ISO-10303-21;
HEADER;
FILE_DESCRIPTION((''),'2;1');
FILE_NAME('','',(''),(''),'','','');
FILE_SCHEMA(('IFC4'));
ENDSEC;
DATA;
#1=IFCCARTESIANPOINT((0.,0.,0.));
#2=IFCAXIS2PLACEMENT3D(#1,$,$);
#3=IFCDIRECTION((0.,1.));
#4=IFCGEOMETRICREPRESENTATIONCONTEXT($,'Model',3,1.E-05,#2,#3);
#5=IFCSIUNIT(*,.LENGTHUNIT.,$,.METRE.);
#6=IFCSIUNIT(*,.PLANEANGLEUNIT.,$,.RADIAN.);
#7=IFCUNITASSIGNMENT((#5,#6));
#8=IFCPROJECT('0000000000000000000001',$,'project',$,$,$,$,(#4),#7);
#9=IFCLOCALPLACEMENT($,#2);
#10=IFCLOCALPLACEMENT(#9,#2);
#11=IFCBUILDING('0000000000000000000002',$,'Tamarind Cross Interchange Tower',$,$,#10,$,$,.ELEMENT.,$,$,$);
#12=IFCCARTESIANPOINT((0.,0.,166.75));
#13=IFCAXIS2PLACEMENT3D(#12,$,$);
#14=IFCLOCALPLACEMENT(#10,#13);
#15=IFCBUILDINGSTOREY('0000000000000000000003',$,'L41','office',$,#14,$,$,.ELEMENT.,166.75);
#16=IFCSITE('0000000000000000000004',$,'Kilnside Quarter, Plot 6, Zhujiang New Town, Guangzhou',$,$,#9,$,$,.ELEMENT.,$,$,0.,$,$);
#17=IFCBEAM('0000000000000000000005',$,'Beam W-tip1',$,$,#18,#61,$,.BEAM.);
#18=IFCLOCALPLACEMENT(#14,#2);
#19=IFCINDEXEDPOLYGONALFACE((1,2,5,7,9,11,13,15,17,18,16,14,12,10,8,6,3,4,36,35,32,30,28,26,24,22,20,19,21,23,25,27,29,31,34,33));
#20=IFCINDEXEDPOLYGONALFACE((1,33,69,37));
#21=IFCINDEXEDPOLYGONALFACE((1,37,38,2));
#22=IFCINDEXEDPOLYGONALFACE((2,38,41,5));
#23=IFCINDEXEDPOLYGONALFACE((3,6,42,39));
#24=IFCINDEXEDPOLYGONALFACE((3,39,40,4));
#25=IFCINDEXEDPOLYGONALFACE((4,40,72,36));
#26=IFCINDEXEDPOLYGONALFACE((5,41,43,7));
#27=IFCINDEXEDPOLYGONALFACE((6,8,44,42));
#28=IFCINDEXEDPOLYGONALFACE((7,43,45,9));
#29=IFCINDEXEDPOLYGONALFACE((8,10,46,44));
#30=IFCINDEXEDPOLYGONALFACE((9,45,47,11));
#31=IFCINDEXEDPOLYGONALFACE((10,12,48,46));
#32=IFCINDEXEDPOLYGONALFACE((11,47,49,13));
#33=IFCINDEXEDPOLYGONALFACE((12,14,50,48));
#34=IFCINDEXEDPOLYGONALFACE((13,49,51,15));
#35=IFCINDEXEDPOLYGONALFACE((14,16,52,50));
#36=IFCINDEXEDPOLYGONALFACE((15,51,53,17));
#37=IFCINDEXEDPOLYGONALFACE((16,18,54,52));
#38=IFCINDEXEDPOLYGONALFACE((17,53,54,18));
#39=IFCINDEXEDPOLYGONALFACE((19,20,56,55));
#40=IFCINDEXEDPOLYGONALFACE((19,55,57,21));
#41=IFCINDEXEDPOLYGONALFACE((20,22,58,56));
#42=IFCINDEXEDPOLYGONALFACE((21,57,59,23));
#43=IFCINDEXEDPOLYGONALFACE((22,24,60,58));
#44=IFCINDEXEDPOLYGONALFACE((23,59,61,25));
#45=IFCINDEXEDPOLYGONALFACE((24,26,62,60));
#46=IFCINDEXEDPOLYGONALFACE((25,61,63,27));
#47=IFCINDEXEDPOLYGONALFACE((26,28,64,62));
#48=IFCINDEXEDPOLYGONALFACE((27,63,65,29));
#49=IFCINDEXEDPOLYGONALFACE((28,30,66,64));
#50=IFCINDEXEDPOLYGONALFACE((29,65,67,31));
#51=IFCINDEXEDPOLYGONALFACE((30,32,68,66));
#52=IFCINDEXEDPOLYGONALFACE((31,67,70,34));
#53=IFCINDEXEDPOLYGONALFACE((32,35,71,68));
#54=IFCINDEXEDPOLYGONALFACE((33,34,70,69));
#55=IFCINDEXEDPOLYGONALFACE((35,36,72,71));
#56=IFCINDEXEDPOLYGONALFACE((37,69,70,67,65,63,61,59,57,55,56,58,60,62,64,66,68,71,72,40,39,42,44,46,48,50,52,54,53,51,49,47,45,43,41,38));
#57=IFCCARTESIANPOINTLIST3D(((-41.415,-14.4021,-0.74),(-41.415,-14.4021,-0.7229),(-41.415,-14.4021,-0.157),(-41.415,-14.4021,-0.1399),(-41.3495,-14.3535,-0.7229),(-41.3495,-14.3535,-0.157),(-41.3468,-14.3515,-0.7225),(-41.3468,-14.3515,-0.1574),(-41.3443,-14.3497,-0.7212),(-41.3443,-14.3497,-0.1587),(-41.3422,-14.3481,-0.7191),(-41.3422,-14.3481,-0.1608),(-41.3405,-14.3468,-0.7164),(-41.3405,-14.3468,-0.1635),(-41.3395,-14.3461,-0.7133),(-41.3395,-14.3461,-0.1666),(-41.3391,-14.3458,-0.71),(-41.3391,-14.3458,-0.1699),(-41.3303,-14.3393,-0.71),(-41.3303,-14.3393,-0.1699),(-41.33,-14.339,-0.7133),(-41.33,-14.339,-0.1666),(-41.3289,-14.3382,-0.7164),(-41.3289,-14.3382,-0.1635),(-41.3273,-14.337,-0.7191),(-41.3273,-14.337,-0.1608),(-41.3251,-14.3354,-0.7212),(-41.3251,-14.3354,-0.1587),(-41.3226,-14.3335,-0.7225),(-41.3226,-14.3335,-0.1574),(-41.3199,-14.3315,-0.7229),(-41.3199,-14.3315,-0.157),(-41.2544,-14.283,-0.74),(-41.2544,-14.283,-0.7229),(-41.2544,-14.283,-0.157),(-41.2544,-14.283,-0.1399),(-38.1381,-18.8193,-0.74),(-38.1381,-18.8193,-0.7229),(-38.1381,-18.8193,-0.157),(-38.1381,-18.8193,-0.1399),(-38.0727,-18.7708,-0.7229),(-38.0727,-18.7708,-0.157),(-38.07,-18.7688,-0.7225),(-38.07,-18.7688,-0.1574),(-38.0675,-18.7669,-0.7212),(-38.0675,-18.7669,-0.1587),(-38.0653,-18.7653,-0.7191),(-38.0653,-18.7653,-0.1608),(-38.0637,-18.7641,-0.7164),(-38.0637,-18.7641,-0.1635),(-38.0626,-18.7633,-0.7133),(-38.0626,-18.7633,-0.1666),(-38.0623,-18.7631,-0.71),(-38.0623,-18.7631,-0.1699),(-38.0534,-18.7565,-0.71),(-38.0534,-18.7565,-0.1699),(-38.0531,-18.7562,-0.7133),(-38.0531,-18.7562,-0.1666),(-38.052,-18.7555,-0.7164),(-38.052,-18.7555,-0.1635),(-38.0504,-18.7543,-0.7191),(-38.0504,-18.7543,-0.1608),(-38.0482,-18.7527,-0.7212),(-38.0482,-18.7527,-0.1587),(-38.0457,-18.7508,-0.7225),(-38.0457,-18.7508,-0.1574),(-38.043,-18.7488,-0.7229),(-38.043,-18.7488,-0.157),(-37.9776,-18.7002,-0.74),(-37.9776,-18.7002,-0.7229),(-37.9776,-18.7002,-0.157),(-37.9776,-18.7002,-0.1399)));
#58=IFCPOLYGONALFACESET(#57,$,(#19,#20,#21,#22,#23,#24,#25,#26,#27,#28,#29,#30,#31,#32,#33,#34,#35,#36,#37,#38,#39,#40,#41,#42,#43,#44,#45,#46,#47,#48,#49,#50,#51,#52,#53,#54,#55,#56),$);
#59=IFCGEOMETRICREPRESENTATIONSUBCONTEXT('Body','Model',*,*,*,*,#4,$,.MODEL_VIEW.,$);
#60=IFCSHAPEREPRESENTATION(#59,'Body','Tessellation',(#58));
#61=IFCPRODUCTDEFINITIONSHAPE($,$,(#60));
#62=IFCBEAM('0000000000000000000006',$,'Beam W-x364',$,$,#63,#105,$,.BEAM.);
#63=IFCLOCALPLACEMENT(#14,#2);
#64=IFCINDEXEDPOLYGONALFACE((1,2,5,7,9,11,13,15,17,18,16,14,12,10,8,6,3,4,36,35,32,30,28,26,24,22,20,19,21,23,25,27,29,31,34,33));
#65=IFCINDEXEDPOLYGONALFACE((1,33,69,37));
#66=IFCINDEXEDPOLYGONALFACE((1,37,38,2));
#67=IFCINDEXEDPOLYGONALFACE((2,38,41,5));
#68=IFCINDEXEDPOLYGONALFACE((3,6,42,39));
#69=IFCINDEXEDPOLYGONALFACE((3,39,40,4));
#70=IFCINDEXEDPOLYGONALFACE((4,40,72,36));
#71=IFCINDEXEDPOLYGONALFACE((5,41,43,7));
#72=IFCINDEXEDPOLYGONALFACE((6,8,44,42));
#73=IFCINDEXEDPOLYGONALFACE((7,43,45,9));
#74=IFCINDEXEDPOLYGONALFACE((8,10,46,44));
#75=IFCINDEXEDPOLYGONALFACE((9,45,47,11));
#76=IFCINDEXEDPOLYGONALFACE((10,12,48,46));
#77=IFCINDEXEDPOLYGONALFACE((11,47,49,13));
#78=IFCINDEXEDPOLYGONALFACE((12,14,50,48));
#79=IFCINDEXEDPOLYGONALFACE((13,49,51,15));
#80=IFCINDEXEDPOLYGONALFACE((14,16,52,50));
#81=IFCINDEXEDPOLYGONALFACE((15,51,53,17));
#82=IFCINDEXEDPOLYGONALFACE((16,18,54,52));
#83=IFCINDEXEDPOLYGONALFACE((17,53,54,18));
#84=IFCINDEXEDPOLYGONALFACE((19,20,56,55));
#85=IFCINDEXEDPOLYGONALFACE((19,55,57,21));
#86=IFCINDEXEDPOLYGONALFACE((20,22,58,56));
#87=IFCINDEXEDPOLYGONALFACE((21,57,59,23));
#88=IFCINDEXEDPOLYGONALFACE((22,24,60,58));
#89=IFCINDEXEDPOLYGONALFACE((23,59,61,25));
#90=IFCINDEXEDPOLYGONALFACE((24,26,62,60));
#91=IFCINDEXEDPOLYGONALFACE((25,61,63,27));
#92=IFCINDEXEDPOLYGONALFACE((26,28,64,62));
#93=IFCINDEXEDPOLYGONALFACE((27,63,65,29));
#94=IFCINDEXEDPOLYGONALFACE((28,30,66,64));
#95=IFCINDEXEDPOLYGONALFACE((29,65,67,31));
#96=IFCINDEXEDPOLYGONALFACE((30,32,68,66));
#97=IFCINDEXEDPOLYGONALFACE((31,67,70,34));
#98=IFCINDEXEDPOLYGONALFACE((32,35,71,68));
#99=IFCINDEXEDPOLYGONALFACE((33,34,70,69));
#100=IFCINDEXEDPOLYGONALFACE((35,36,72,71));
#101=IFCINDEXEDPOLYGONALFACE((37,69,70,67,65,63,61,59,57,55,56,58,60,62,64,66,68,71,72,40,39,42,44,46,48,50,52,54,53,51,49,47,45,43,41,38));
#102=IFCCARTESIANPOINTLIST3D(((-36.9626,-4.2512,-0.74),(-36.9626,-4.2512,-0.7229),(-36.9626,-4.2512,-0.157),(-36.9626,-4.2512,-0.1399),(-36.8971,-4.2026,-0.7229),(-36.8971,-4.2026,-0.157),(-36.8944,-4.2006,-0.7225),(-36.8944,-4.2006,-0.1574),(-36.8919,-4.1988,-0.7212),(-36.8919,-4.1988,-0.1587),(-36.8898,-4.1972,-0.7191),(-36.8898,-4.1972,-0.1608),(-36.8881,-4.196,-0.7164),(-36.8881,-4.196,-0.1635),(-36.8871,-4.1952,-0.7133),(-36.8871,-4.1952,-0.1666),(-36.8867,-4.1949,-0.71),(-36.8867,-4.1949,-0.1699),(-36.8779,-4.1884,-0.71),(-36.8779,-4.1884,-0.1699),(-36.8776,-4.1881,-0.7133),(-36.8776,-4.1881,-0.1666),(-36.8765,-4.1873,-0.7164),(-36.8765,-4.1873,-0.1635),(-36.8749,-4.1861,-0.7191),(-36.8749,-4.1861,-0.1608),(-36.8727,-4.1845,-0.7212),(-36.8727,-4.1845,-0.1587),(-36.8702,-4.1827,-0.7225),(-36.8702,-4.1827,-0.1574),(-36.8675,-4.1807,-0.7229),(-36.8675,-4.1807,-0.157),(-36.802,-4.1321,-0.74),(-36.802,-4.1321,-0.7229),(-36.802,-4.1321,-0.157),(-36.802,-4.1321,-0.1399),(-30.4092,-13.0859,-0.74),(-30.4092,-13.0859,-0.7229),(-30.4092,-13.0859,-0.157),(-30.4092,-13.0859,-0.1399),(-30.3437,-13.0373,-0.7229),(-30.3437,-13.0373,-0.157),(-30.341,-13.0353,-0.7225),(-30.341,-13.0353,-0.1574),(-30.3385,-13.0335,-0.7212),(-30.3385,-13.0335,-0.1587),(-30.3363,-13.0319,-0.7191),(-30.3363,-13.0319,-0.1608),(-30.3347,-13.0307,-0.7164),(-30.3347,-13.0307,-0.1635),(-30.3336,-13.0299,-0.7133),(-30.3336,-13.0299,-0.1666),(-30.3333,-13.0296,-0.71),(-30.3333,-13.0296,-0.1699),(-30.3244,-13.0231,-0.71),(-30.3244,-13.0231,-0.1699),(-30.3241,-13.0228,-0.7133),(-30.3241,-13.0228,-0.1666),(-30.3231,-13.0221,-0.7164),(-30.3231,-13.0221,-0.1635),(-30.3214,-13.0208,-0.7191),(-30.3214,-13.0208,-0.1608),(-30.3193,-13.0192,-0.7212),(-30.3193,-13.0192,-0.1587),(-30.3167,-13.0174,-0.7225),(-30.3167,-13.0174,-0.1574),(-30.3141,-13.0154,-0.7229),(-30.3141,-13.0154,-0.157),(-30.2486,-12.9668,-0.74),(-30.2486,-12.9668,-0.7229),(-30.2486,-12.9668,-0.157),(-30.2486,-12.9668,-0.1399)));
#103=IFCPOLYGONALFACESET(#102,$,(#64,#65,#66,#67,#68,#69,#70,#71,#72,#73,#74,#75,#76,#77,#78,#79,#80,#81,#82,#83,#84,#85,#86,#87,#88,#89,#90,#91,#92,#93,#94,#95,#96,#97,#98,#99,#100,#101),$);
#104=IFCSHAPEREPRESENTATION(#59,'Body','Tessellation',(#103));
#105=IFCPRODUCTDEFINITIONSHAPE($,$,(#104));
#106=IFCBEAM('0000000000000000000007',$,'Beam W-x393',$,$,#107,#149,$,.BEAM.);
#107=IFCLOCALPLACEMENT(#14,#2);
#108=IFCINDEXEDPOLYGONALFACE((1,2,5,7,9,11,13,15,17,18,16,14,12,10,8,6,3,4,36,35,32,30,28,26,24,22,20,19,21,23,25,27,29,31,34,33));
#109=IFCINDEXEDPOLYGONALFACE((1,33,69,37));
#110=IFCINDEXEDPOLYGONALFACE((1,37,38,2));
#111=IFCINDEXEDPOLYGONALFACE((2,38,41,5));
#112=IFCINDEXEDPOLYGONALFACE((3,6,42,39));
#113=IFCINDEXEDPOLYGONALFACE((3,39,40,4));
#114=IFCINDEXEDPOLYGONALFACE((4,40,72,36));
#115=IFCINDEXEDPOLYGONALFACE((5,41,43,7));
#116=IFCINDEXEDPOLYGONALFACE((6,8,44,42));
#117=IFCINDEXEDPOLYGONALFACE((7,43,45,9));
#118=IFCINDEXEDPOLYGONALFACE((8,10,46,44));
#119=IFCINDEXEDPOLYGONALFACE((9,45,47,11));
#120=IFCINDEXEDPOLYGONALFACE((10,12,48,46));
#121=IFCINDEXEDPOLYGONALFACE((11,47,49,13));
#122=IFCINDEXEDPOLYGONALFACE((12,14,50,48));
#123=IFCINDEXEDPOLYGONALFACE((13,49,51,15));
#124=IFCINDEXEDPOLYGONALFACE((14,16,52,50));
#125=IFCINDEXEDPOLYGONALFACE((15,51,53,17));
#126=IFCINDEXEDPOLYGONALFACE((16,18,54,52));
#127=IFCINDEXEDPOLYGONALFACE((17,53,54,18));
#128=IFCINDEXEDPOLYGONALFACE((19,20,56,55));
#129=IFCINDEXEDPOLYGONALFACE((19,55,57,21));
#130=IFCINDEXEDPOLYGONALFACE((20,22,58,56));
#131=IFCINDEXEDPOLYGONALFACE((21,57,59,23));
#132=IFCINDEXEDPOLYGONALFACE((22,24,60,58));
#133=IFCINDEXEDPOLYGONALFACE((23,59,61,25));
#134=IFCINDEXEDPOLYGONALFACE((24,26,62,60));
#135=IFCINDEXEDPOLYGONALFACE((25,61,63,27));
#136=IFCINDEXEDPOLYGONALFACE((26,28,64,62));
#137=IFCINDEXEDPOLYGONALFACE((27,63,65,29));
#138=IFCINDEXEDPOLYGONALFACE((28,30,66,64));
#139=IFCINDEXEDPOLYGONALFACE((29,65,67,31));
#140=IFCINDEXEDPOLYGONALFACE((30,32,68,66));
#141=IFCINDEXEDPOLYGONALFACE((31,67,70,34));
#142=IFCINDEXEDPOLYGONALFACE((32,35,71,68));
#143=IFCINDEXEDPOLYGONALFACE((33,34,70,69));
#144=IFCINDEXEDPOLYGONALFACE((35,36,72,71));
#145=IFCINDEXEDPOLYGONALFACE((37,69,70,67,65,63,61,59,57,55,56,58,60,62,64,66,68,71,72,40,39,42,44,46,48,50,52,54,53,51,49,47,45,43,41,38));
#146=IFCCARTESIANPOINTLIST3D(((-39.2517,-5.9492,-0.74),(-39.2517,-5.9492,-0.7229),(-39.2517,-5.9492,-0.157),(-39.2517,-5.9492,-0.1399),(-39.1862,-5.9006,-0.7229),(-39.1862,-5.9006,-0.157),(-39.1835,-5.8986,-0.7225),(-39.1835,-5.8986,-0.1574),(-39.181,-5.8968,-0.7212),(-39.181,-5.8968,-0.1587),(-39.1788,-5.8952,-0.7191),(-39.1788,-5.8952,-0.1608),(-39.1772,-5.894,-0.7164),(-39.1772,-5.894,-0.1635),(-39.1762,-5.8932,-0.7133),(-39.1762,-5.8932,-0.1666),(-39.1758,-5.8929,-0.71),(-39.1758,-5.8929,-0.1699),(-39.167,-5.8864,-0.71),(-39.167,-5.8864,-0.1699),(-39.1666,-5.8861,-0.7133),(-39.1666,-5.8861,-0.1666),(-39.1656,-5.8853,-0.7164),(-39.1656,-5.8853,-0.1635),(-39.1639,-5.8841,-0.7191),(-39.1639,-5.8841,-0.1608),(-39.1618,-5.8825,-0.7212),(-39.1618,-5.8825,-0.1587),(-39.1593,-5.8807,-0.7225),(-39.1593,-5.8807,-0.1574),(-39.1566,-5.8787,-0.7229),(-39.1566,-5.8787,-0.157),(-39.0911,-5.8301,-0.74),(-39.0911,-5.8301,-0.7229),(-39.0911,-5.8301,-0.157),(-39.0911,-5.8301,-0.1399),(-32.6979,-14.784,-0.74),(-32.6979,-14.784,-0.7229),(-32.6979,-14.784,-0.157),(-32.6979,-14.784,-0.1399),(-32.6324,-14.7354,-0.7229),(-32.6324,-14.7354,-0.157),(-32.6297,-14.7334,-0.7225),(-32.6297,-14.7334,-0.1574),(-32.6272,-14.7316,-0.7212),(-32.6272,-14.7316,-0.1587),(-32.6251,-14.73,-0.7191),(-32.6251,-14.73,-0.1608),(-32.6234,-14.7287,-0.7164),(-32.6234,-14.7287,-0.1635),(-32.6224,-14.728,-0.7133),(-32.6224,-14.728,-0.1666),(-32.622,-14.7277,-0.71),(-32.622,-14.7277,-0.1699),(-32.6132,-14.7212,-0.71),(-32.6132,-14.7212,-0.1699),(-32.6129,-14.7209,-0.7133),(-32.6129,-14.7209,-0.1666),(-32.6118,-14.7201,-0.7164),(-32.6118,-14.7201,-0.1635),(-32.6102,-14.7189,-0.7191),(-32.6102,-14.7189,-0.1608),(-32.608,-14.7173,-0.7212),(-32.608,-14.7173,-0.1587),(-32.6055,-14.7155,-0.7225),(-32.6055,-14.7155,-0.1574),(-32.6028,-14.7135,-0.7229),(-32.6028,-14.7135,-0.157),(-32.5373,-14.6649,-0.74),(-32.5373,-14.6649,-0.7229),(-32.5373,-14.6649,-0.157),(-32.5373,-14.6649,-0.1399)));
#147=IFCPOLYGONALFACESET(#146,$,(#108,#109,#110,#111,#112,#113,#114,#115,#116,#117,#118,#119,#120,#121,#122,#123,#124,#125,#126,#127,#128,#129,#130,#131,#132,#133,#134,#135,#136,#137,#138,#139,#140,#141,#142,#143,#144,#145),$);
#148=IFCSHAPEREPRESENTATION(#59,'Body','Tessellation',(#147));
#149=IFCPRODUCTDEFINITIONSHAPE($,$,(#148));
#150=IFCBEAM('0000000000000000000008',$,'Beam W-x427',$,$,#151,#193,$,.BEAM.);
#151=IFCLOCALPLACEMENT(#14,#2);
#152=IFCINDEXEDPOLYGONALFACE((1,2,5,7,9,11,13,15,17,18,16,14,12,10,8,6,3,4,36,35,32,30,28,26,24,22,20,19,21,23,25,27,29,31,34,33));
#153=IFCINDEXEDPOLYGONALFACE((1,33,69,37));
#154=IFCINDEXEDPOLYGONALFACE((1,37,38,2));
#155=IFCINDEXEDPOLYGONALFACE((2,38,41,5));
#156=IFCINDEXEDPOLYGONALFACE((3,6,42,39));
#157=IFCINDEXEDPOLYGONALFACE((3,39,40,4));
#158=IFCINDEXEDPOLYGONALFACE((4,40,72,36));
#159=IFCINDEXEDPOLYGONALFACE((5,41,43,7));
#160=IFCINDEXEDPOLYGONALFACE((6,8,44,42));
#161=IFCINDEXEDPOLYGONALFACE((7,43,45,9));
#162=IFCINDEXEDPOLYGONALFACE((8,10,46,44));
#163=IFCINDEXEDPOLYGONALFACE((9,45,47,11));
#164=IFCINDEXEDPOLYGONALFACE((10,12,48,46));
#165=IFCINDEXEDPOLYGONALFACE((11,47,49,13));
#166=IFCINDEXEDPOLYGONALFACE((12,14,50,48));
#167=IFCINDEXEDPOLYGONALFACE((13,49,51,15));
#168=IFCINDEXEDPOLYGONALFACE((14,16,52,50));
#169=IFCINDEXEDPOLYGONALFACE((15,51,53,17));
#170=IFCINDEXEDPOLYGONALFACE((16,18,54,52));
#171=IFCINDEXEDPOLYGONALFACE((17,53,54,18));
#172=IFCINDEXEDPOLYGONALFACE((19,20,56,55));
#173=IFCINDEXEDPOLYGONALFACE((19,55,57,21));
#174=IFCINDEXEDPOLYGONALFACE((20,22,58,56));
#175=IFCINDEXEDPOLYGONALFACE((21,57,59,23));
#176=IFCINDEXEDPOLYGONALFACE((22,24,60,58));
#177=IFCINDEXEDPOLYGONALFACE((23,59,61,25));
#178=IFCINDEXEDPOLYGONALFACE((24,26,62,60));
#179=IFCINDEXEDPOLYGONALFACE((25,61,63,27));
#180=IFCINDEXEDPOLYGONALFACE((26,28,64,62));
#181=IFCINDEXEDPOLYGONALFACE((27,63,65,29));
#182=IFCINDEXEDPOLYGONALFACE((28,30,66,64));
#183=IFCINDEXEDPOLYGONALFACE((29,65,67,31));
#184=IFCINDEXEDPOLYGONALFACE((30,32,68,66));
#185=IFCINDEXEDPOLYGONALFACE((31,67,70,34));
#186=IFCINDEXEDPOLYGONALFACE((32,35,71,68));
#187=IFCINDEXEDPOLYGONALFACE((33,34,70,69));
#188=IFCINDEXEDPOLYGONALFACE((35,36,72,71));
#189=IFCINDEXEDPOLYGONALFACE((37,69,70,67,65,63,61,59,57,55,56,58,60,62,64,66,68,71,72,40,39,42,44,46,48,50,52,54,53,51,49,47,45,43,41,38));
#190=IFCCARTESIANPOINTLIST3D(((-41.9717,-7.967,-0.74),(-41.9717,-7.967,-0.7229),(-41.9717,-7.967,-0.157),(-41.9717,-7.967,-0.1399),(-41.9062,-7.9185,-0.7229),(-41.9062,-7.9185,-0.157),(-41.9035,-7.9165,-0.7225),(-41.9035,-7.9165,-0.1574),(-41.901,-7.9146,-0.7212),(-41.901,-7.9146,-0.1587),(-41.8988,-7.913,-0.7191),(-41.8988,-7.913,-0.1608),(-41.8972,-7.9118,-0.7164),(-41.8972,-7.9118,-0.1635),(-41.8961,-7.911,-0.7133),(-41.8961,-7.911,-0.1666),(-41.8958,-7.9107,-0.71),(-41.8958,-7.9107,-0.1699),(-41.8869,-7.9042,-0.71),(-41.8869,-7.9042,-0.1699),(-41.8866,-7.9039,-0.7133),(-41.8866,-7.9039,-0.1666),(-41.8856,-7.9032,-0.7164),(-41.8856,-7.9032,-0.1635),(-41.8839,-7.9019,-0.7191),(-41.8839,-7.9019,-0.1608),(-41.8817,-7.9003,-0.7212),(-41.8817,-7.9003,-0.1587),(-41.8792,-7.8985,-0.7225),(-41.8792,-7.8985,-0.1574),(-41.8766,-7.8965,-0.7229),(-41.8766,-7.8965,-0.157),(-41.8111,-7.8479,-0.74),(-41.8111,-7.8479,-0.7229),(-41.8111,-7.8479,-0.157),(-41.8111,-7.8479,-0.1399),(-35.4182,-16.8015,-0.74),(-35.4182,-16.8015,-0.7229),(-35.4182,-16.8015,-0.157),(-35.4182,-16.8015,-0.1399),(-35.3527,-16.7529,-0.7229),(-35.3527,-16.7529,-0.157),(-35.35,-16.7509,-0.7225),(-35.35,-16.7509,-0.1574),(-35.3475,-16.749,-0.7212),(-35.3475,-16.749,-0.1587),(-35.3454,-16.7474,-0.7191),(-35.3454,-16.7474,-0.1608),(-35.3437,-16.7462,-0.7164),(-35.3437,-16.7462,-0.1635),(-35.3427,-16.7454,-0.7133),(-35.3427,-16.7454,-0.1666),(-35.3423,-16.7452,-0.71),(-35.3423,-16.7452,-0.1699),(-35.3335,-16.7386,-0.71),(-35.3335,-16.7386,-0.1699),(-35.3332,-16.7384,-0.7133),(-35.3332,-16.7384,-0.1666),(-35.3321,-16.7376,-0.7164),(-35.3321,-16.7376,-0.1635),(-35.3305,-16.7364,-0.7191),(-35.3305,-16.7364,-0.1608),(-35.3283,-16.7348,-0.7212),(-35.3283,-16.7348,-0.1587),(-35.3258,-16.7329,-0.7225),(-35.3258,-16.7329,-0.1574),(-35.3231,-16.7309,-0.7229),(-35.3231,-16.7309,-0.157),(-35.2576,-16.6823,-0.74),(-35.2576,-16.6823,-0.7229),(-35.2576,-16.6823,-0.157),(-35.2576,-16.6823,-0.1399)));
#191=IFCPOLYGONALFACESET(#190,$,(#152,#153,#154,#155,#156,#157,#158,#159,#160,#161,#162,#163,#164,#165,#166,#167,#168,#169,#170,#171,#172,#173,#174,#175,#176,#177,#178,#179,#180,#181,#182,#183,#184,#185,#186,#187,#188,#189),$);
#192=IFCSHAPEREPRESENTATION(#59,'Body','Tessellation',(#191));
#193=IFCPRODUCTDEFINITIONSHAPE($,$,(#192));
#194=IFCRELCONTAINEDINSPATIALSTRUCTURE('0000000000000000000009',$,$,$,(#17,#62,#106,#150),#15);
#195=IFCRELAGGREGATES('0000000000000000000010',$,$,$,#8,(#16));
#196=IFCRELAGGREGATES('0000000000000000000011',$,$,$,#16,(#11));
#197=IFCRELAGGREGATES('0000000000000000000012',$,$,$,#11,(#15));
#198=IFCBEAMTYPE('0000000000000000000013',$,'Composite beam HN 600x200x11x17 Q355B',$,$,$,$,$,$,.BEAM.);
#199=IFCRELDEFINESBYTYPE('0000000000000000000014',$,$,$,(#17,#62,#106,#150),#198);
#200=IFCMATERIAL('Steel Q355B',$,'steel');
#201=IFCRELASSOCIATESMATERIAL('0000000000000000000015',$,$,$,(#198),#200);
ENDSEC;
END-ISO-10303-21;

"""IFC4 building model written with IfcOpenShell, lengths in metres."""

from ifc_helpers import new_model, si_unit, direction, frame, origin, origin_2d, place, context, subcontext, project, spatial, i_section, extrude, material, material_profile, profile_set, type_object, element, save


model = new_model("IFC4")

# Units and contexts
model_context = context("Model", 3, precision=1e-05, world=origin(), true_north=direction((0.0, 1.0)))
body_context = subcontext(model_context, "Body", "Model", "MODEL_VIEW")
ifc_project = project(units=[si_unit("LENGTHUNIT", "METRE"), si_unit("PLANEANGLEUNIT", "RADIAN")], contexts=[model_context])

# Site, building, storey
site_placement = place(None, origin())
site = spatial("IfcSite", under=ifc_project, at=site_placement, Name="Kilnside Quarter, Plot 6, Zhujiang New Town, Guangzhou", CompositionType="ELEMENT", RefElevation=0.0)
building_placement = place(site_placement, origin())
building = spatial("IfcBuilding", under=site, at=building_placement, Name="Tamarind Cross Interchange Tower", CompositionType="ELEMENT")
storey_placement = place(building_placement, frame((0.0, 0.0, 166.75)))
storey = spatial("IfcBuildingStorey", under=building, at=storey_placement, Name="L41", Description="office", CompositionType="ELEMENT", Elevation=166.75)

# Beams
ifc_material_1 = material(Name="Steel Q355B", Category="steel")
ifc_material_profile_1 = material_profile(ifc_material_1, i_section(OverallWidth=0.2, OverallDepth=0.6001, WebThickness=0.011, FlangeThickness=0.0171, FilletRadius=0.0129, at=origin_2d()), Name="HN 600x200x11x17")
ifc_profile_set_1 = profile_set([ifc_material_profile_1], Name="Steel Q355B")
beam_type_1 = type_object("IfcBeamType", Name="Composite beam HN 600x200x11x17 Q355B", PredefinedType="BEAM", material=ifc_profile_set_1)
for number, where, z_axis, x_axis, name in (
    (1, (-41.3347, -14.3425, -0.4399), (0.595794, -0.803137, 0.0), (0.803137, 0.595794, 0.0), "Beam W-tip1"),
):
    element("IfcBeam", number, at=place(storey_placement, frame(where, z_axis=z_axis, x_axis=x_axis)), inside=storey, type_object=beam_type_1, Name=name, PredefinedType="BEAM", context=body_context, shape_type="SweptSolid", body=[
        extrude(i_section(OverallWidth=0.2, OverallDepth=0.6001, WebThickness=0.011, FlangeThickness=0.0171, FilletRadius=0.0129, at=origin_2d()), origin(), (0.0, 0.0, 1.0), 5.5),
    ])
beam_1_placement = place(storey_placement, frame((-36.8823, -4.1917, -0.4399), z_axis=(0.595769, -0.803156, 0.0), x_axis=(0.803156, 0.595769, 0.0)))
element("IfcBeam", 2, at=beam_1_placement, inside=storey, type_object=beam_type_1, Name="Beam W-x364", PredefinedType="BEAM", context=body_context, shape_type="SweptSolid", body=[
    extrude(i_section(OverallWidth=0.2, OverallDepth=0.6001, WebThickness=0.011, FlangeThickness=0.0171, FilletRadius=0.0129, at=origin_2d()), origin(), (0.0, 0.0, 1.0), 11.0),
])
beam_2_placement = place(storey_placement, frame((-39.1714, -5.8896, -0.4399), z_axis=(0.595784, -0.803145, 0.0), x_axis=(0.803145, 0.595784, 0.0)))
element("IfcBeam", 3, at=beam_2_placement, inside=storey, type_object=beam_type_1, Name="Beam W-x393", PredefinedType="BEAM", context=body_context, shape_type="SweptSolid", body=[
    extrude(i_section(OverallWidth=0.2, OverallDepth=0.6001, WebThickness=0.011, FlangeThickness=0.0171, FilletRadius=0.0129, at=origin_2d()), origin(), (0.0, 0.0, 1.0), 11.0002),
])
beam_3_placement = place(storey_placement, frame((-41.8914, -7.9075, -0.4399), z_axis=(0.59578, -0.803148, 0.0), x_axis=(0.803148, 0.59578, 0.0)))
element("IfcBeam", 4, at=beam_3_placement, inside=storey, type_object=beam_type_1, Name="Beam W-x427", PredefinedType="BEAM", context=body_context, shape_type="SweptSolid", body=[
    extrude(i_section(OverallWidth=0.2, OverallDepth=0.6001, WebThickness=0.011, FlangeThickness=0.0171, FilletRadius=0.0129, at=origin_2d()), origin(), (0.0, 0.0, 1.0), 10.9998),
])

save(model, "model.ifc")
